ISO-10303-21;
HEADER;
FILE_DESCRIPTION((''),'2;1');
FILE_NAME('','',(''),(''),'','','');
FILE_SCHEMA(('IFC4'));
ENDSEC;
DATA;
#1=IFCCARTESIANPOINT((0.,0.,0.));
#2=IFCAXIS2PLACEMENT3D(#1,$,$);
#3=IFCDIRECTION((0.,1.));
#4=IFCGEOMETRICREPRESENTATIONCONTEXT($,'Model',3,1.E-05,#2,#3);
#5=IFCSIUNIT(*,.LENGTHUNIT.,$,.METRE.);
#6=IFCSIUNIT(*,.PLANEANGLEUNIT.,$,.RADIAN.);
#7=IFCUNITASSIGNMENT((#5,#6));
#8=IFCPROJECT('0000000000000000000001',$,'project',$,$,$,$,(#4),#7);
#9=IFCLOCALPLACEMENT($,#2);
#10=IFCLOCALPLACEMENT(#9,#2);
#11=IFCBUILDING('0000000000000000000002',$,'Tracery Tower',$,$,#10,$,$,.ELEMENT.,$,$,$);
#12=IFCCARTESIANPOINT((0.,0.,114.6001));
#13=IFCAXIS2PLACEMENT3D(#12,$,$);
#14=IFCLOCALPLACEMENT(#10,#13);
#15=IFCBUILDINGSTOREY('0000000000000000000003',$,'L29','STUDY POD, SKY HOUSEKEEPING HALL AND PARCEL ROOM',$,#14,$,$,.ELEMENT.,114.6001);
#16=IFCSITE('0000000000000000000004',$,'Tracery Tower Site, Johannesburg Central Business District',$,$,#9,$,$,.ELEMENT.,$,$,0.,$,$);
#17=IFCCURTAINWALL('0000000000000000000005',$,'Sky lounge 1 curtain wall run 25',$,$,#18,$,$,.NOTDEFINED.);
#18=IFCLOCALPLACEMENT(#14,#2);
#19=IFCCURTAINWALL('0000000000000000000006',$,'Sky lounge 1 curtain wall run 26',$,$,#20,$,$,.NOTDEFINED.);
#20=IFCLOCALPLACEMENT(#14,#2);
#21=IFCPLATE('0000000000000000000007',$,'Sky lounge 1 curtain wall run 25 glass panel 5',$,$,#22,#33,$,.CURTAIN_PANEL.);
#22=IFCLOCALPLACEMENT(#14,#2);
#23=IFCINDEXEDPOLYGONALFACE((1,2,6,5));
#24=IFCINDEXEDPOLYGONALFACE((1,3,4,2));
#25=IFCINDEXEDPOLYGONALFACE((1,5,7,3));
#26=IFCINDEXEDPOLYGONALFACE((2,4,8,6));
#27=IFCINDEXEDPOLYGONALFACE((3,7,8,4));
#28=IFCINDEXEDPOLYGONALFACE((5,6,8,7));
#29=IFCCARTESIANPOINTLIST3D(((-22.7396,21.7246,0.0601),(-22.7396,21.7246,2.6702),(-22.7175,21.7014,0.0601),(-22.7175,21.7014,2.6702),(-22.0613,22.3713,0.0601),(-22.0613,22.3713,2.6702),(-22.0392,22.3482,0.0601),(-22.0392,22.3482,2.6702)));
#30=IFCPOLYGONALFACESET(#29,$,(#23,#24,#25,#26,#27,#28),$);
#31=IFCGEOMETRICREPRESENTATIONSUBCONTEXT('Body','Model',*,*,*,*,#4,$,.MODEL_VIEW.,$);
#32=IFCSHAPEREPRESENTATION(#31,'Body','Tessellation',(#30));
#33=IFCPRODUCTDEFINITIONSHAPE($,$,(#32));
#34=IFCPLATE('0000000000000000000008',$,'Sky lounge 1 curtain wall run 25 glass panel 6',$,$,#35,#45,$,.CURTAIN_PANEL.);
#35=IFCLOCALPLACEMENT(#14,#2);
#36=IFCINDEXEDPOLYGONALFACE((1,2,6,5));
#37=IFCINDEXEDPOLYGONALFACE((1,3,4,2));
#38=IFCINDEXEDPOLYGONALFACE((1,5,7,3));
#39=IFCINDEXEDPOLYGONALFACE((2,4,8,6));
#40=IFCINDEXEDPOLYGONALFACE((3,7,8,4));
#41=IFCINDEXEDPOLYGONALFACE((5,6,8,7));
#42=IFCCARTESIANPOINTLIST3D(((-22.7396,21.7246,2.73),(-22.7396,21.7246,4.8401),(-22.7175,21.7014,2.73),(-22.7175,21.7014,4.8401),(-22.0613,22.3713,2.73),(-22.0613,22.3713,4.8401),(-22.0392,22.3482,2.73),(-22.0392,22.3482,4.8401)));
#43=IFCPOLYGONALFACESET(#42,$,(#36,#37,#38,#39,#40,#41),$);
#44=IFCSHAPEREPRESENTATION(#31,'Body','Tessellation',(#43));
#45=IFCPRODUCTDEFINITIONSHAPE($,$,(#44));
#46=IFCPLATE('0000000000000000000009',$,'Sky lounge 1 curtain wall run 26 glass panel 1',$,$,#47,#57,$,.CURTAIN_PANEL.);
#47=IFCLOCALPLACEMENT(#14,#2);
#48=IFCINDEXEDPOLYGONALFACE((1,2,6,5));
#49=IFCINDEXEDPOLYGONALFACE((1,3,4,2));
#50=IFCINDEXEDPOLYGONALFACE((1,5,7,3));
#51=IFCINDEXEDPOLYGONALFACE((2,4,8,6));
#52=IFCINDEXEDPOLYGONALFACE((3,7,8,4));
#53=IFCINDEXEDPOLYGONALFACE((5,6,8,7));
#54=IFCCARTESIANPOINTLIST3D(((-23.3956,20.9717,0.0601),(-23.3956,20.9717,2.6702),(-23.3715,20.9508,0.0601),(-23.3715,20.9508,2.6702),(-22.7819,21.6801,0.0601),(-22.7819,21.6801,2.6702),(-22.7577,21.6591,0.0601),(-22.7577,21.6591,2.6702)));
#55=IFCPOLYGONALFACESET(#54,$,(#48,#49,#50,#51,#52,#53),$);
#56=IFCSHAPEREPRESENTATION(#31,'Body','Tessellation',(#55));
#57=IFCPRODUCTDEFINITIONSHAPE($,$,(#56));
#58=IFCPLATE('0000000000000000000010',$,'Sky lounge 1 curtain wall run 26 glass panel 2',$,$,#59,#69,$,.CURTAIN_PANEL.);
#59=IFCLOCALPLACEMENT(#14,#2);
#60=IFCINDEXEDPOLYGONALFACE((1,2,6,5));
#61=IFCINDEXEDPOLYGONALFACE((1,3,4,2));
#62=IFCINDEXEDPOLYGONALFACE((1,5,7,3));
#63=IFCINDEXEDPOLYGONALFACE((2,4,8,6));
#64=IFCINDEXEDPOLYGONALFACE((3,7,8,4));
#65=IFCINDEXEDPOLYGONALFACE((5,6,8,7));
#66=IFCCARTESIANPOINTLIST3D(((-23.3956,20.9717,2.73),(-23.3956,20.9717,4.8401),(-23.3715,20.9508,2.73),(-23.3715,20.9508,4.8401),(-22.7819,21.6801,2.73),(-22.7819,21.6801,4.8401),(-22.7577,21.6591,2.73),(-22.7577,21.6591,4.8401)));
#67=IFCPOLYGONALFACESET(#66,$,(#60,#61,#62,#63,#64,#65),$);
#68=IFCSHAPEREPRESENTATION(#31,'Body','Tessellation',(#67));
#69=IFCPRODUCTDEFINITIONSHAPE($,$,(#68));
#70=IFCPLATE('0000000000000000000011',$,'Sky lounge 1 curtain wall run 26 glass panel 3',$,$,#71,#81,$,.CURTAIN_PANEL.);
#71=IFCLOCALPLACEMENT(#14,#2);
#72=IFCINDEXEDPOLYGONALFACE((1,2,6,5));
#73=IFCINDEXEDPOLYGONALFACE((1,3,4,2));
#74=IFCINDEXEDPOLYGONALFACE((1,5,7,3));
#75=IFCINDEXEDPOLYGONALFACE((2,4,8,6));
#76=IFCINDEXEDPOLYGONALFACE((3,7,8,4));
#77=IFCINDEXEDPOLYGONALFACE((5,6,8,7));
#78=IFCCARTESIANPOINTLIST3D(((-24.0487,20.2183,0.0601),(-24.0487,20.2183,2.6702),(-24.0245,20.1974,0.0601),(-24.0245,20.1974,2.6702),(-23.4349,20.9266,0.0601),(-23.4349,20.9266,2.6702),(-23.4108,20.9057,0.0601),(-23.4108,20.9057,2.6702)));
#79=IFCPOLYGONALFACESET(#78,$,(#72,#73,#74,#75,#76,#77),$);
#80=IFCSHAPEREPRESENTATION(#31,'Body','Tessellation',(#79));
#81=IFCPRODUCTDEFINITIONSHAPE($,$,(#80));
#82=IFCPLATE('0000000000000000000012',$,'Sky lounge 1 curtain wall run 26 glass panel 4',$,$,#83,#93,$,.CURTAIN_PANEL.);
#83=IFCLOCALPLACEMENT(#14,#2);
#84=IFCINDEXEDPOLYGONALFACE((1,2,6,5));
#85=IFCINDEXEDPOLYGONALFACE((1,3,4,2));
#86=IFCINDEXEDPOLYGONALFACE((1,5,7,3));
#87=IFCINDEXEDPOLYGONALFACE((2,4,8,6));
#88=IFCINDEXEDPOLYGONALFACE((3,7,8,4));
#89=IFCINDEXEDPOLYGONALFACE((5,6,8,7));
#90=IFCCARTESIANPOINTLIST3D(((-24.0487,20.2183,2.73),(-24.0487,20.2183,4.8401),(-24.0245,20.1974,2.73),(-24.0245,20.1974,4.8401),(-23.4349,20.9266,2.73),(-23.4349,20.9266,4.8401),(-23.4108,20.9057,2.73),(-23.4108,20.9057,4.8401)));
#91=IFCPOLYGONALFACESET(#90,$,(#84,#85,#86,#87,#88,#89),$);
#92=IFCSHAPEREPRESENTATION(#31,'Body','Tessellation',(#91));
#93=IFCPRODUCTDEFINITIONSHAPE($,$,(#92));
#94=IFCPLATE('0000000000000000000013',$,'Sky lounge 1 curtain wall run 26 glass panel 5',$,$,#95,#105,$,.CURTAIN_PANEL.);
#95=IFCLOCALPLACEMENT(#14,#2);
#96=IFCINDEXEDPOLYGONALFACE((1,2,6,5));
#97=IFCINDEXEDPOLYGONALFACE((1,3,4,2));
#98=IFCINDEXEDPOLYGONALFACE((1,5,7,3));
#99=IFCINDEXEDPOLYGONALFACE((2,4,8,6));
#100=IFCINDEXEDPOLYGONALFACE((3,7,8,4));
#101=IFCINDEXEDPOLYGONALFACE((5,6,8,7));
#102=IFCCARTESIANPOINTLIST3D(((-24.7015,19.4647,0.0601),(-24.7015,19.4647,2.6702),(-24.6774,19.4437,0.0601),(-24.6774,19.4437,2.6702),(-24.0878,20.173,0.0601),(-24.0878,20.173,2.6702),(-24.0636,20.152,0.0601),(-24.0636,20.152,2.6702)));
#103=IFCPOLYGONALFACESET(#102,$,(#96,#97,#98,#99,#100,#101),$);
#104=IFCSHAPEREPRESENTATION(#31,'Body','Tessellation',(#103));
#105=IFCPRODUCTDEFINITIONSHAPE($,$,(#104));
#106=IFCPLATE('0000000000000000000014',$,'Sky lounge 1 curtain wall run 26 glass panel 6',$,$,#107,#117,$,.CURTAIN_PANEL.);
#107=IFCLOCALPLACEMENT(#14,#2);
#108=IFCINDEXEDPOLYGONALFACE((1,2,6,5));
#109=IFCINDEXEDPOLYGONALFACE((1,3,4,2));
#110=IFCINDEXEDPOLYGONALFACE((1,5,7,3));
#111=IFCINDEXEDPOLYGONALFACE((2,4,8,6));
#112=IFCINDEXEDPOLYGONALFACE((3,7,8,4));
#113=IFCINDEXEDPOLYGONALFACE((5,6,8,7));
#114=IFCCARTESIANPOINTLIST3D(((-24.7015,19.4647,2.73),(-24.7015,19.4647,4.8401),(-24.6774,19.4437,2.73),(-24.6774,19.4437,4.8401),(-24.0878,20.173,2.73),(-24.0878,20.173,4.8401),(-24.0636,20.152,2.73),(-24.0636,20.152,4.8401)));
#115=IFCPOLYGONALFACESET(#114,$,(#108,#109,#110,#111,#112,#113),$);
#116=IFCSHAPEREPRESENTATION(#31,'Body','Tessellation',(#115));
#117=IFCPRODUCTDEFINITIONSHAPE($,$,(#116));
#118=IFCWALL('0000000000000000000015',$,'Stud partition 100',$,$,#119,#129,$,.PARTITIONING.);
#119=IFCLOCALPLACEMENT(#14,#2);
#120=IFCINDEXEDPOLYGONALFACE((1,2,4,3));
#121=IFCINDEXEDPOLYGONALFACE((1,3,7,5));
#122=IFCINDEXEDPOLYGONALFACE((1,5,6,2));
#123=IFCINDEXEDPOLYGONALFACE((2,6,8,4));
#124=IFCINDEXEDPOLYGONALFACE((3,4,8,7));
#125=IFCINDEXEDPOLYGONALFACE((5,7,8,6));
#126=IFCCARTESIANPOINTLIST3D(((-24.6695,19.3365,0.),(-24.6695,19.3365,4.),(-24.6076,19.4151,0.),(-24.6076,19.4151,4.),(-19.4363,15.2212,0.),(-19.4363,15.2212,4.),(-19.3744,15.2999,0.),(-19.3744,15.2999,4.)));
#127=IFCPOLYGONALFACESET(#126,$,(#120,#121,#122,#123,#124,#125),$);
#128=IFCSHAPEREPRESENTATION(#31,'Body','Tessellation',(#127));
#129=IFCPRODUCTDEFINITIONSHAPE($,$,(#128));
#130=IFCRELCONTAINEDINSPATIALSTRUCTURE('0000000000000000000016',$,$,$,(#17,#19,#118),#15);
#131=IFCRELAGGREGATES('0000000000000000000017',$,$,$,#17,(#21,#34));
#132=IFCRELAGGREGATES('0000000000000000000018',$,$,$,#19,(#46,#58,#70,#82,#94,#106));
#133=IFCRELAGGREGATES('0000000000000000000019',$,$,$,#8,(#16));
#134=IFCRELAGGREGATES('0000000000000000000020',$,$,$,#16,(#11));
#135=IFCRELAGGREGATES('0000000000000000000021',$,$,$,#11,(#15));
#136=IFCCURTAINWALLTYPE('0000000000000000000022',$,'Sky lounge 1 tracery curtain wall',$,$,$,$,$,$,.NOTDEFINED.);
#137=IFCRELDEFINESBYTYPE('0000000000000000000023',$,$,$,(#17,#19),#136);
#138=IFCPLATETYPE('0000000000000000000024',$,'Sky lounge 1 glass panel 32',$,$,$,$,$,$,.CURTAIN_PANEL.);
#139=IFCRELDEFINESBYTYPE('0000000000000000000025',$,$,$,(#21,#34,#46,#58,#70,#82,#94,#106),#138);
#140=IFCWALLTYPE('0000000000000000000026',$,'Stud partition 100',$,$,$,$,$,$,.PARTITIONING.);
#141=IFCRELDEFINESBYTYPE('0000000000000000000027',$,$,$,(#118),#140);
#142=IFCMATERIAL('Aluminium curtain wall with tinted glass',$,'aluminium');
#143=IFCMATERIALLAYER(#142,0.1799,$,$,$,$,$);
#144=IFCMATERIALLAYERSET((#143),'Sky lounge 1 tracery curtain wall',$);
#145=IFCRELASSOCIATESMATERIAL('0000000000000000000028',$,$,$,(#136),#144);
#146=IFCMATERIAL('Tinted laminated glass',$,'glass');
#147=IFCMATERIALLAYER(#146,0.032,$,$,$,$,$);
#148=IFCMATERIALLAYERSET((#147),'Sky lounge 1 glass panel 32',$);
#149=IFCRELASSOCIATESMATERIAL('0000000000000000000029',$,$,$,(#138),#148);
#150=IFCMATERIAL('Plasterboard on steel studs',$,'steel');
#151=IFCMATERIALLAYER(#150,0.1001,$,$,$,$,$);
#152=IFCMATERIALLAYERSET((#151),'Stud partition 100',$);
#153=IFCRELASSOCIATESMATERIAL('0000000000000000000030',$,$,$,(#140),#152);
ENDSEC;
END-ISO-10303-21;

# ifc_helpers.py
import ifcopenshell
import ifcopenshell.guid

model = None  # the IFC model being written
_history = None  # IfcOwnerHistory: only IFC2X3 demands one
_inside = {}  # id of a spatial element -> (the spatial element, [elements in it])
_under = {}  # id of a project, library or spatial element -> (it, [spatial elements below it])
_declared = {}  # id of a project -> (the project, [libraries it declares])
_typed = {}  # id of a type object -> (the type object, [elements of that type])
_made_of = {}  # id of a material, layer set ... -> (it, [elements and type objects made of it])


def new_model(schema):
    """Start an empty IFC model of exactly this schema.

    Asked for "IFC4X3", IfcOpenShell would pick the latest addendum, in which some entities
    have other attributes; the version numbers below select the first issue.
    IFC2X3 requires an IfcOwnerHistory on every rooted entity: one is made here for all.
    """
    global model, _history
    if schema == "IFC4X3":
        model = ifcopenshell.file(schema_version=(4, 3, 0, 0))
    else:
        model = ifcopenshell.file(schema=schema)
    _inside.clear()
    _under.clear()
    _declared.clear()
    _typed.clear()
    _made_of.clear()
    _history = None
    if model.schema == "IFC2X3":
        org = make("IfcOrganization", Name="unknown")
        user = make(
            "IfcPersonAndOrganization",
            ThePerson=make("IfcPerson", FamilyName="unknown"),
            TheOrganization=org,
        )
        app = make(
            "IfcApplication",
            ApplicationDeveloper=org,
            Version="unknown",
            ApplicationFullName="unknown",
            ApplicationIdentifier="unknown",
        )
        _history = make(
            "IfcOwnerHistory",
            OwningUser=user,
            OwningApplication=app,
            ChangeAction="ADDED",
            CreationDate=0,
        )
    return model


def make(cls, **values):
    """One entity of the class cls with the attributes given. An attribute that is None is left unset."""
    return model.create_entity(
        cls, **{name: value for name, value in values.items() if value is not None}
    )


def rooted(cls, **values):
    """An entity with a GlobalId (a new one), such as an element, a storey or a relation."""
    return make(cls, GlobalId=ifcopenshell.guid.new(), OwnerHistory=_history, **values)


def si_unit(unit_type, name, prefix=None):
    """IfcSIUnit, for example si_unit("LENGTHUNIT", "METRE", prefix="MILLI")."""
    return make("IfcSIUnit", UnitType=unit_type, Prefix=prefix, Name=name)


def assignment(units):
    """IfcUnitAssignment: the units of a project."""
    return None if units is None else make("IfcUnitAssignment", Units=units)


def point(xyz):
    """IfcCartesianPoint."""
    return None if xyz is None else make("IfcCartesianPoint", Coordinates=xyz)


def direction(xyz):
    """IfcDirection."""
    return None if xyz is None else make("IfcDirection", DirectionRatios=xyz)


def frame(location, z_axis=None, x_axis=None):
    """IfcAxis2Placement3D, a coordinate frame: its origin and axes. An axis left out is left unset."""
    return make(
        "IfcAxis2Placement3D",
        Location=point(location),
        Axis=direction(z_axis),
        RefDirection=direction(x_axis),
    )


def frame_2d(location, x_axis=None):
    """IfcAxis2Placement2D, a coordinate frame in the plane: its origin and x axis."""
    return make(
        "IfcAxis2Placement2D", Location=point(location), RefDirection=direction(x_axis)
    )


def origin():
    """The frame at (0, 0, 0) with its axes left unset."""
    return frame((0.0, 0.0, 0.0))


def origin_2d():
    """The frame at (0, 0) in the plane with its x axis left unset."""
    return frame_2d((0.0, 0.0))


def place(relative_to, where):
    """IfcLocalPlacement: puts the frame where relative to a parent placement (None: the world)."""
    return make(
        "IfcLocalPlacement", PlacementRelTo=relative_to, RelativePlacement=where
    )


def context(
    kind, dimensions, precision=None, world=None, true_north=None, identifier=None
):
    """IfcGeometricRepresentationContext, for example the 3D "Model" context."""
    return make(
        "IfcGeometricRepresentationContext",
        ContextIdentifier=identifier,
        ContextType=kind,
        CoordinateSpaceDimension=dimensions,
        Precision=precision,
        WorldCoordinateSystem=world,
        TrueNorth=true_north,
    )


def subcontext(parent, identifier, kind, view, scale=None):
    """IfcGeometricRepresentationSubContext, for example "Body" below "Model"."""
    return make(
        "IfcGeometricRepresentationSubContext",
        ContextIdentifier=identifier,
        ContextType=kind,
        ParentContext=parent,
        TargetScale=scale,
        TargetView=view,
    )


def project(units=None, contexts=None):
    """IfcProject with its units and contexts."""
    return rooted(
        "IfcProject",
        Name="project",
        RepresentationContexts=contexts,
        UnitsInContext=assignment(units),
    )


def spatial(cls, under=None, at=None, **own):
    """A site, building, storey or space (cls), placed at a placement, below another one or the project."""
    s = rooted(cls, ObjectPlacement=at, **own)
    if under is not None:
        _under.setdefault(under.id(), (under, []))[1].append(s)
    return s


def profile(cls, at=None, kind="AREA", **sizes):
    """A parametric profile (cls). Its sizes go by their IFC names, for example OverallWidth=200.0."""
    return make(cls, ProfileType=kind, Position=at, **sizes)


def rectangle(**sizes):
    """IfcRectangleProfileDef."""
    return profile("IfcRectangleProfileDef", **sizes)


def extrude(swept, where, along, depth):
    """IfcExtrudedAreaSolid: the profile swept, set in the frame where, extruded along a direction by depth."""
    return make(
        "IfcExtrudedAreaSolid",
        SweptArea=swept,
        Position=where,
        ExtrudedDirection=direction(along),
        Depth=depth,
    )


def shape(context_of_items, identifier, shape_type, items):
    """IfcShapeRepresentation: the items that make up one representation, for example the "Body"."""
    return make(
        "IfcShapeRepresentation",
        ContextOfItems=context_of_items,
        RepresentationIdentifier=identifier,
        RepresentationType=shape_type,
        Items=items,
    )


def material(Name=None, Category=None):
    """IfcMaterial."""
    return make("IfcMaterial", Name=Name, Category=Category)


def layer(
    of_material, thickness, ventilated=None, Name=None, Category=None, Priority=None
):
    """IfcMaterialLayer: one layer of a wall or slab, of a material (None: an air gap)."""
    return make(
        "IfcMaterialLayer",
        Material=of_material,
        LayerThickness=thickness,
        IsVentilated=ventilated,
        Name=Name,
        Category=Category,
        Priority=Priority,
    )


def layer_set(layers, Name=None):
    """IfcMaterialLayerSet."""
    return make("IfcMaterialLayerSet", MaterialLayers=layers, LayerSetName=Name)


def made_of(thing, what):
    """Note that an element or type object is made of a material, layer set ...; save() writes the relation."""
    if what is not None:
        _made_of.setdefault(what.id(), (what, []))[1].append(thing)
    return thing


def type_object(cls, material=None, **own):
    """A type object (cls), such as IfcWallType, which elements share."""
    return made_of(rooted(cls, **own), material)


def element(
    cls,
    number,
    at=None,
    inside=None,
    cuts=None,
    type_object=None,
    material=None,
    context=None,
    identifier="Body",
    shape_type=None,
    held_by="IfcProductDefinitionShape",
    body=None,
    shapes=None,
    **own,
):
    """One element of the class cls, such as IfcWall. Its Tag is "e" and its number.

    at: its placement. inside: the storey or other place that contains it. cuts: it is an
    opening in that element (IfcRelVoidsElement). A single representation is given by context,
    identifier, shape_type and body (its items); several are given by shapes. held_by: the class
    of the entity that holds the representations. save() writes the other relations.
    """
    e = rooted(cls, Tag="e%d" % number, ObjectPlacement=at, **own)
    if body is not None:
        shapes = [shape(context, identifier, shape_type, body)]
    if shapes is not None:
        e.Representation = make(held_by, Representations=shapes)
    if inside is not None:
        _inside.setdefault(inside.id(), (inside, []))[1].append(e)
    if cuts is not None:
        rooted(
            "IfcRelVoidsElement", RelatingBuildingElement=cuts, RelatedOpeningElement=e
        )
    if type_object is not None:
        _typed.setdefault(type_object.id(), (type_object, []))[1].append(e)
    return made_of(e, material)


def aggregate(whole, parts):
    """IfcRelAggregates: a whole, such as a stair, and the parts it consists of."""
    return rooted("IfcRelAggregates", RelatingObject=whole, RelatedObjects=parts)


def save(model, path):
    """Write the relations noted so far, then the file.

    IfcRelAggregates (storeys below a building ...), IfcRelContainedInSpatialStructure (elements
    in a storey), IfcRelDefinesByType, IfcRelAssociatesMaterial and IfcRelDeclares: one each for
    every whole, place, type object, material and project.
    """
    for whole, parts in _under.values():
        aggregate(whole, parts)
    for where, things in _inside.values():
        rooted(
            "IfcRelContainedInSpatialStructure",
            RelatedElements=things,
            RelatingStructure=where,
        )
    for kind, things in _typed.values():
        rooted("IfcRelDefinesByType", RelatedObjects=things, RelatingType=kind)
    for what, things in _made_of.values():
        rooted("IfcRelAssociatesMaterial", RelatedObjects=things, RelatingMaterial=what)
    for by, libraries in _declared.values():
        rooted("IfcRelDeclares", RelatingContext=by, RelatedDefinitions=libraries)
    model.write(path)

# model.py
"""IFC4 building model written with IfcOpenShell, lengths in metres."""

from ifc_helpers import new_model, si_unit, direction, frame, frame_2d, origin, origin_2d, place, context, subcontext, project, spatial, rectangle, extrude, material, layer, layer_set, type_object, element, aggregate, save


model = new_model("IFC4")

# Units and contexts
model_context = context("Model", 3, precision=1e-05, world=origin(), true_north=direction((0.0, 1.0)))
body_context = subcontext(model_context, "Body", "Model", "MODEL_VIEW")
ifc_project = project(units=[si_unit("LENGTHUNIT", "METRE"), si_unit("PLANEANGLEUNIT", "RADIAN")], contexts=[model_context])

# Site, building, storey
site_placement = place(None, origin())
site = spatial("IfcSite", under=ifc_project, at=site_placement, Name="Tracery Tower Site, Johannesburg Central Business District", CompositionType="ELEMENT", RefElevation=0.0)
building_placement = place(site_placement, origin())
building = spatial("IfcBuilding", under=site, at=building_placement, Name="Tracery Tower", CompositionType="ELEMENT")
storey_placement = place(building_placement, frame((0.0, 0.0, 114.6001)))
storey = spatial("IfcBuildingStorey", under=building, at=storey_placement, Name="L29", Description="STUDY POD, SKY HOUSEKEEPING HALL AND PARCEL ROOM", CompositionType="ELEMENT", Elevation=114.6001)

# Shared definitions
ifc_material_1 = material(Name="Aluminium curtain wall with tinted glass", Category="aluminium")
ifc_layer_1 = layer(ifc_material_1, 0.1799)
ifc_layer_set_1 = layer_set([ifc_layer_1], Name="Sky lounge 1 tracery curtain wall")
curtain_wall_type = type_object("IfcCurtainWallType", Name="Sky lounge 1 tracery curtain wall", PredefinedType="NOTDEFINED", material=ifc_layer_set_1)

# Curtain walls
curtain_wall_1_placement = place(storey_placement, origin())
curtain_wall_1 = element("IfcCurtainWall", 1, at=curtain_wall_1_placement, inside=storey, type_object=curtain_wall_type, Name="Sky lounge 1 curtain wall run 25", PredefinedType="NOTDEFINED")
curtain_wall_2_placement = place(storey_placement, origin())
curtain_wall_2 = element("IfcCurtainWall", 2, at=curtain_wall_2_placement, inside=storey, type_object=curtain_wall_type, Name="Sky lounge 1 curtain wall run 26", PredefinedType="NOTDEFINED")

# Plates
ifc_material_2 = material(Name="Tinted laminated glass", Category="glass")
ifc_layer_2 = layer(ifc_material_2, 0.032)
ifc_layer_set_2 = layer_set([ifc_layer_2], Name="Sky lounge 1 glass panel 32")
plate_type = type_object("IfcPlateType", Name="Sky lounge 1 glass panel 32", PredefinedType="CURTAIN_PANEL", material=ifc_layer_set_2)
plate_1_placement = place(storey_placement, frame((-22.3894, 22.0364, 0.0601), z_axis=(0.0, 0.0, 1.0), x_axis=(-0.723734, -0.690079, 0.0)))
plate_1 = element("IfcPlate", 3, at=plate_1_placement, type_object=plate_type, Name="Sky lounge 1 curtain wall run 25 glass panel 5", PredefinedType="CURTAIN_PANEL", context=body_context, shape_type="SweptSolid", body=[
    extrude(rectangle(XDim=0.9373, YDim=0.032, at=origin_2d()), origin(), (0.0, 0.0, 1.0), 2.6101),
])
plate_2_placement = place(storey_placement, frame((-22.3894, 22.0364, 2.73), z_axis=(0.0, 0.0, 1.0), x_axis=(-0.723734, -0.690079, 0.0)))
plate_2 = element("IfcPlate", 4, at=plate_2_placement, type_object=plate_type, Name="Sky lounge 1 curtain wall run 25 glass panel 6", PredefinedType="CURTAIN_PANEL", context=body_context, shape_type="SweptSolid", body=[
    extrude(rectangle(XDim=0.9373, YDim=0.032, at=origin_2d()), origin(), (0.0, 0.0, 1.0), 2.1101),
])
aggregate(curtain_wall_1, [plate_1, plate_2])
plate_3_placement = place(storey_placement, frame((-23.0767, 21.3154, 0.0601), z_axis=(0.0, 0.0, 1.0), x_axis=(-0.654861, -0.75575, 0.0)))
plate_3 = element("IfcPlate", 5, at=plate_3_placement, type_object=plate_type, Name="Sky lounge 1 curtain wall run 26 glass panel 1", PredefinedType="CURTAIN_PANEL", context=body_context, shape_type="SweptSolid", body=[
    extrude(rectangle(XDim=0.9373, YDim=0.032, at=origin_2d()), origin(), (0.0, 0.0, 1.0), 2.6101),
])
plate_4_placement = place(storey_placement, frame((-23.0767, 21.3154, 2.73), z_axis=(0.0, 0.0, 1.0), x_axis=(-0.654861, -0.75575, 0.0)))
plate_4 = element("IfcPlate", 6, at=plate_4_placement, type_object=plate_type, Name="Sky lounge 1 curtain wall run 26 glass panel 2", PredefinedType="CURTAIN_PANEL", context=body_context, shape_type="SweptSolid", body=[
    extrude(rectangle(XDim=0.9373, YDim=0.032, at=origin_2d()), origin(), (0.0, 0.0, 1.0), 2.1101),
])
plate_5_placement = place(storey_placement, frame((-23.7297, 20.562, 0.0601), z_axis=(0.0, 0.0, 1.0), x_axis=(-0.654861, -0.75575, 0.0)))
plate_5 = element("IfcPlate", 7, at=plate_5_placement, type_object=plate_type, Name="Sky lounge 1 curtain wall run 26 glass panel 3", PredefinedType="CURTAIN_PANEL", context=body_context, shape_type="SweptSolid", body=[
    extrude(rectangle(XDim=0.9373, YDim=0.032, at=origin_2d()), origin(), (0.0, 0.0, 1.0), 2.6101),
])
plate_6_placement = place(storey_placement, frame((-23.7297, 20.562, 2.73), z_axis=(0.0, 0.0, 1.0), x_axis=(-0.654861, -0.75575, 0.0)))
plate_6 = element("IfcPlate", 8, at=plate_6_placement, type_object=plate_type, Name="Sky lounge 1 curtain wall run 26 glass panel 4", PredefinedType="CURTAIN_PANEL", context=body_context, shape_type="SweptSolid", body=[
    extrude(rectangle(XDim=0.9373, YDim=0.032, at=origin_2d()), origin(), (0.0, 0.0, 1.0), 2.1101),
])
plate_7_placement = place(storey_placement, frame((-24.3826, 19.8083, 0.0601), z_axis=(0.0, 0.0, 1.0), x_axis=(-0.654861, -0.75575, 0.0)))
plate_7 = element("IfcPlate", 9, at=plate_7_placement, type_object=plate_type, Name="Sky lounge 1 curtain wall run 26 glass panel 5", PredefinedType="CURTAIN_PANEL", context=body_context, shape_type="SweptSolid", body=[
    extrude(rectangle(XDim=0.9373, YDim=0.032, at=origin_2d()), origin(), (0.0, 0.0, 1.0), 2.6101),
])
plate_8_placement = place(storey_placement, frame((-24.3826, 19.8083, 2.73), z_axis=(0.0, 0.0, 1.0), x_axis=(-0.654861, -0.75575, 0.0)))
plate_8 = element("IfcPlate", 10, at=plate_8_placement, type_object=plate_type, Name="Sky lounge 1 curtain wall run 26 glass panel 6", PredefinedType="CURTAIN_PANEL", context=body_context, shape_type="SweptSolid", body=[
    extrude(rectangle(XDim=0.9373, YDim=0.032, at=origin_2d()), origin(), (0.0, 0.0, 1.0), 2.1101),
])
aggregate(curtain_wall_2, [plate_3, plate_4, plate_5, plate_6, plate_7, plate_8])

# Wall
ifc_material_3 = material(Name="Plasterboard on steel studs", Category="steel")
ifc_layer_3 = layer(ifc_material_3, 0.1001)
ifc_layer_set_3 = layer_set([ifc_layer_3], Name="Stud partition 100")
wall_type = type_object("IfcWallType", Name="Stud partition 100", PredefinedType="PARTITIONING", material=ifc_layer_set_3)
wall_placement = place(storey_placement, frame((-24.6384, 19.3757, 0.0), z_axis=(0.0, 0.0, 1.0), x_axis=(0.786065, -0.618144, 0.0)))
element("IfcWall", 11, at=wall_placement, inside=storey, type_object=wall_type, Name="Stud partition 100", PredefinedType="PARTITIONING", context=body_context, shape_type="SweptSolid", body=[
    extrude(rectangle(XDim=6.6575, YDim=0.1001, at=frame_2d((3.3286, 0.0))), origin(), (0.0, 0.0, 1.0), 4.0),
])

save(model, "model.ifc")
